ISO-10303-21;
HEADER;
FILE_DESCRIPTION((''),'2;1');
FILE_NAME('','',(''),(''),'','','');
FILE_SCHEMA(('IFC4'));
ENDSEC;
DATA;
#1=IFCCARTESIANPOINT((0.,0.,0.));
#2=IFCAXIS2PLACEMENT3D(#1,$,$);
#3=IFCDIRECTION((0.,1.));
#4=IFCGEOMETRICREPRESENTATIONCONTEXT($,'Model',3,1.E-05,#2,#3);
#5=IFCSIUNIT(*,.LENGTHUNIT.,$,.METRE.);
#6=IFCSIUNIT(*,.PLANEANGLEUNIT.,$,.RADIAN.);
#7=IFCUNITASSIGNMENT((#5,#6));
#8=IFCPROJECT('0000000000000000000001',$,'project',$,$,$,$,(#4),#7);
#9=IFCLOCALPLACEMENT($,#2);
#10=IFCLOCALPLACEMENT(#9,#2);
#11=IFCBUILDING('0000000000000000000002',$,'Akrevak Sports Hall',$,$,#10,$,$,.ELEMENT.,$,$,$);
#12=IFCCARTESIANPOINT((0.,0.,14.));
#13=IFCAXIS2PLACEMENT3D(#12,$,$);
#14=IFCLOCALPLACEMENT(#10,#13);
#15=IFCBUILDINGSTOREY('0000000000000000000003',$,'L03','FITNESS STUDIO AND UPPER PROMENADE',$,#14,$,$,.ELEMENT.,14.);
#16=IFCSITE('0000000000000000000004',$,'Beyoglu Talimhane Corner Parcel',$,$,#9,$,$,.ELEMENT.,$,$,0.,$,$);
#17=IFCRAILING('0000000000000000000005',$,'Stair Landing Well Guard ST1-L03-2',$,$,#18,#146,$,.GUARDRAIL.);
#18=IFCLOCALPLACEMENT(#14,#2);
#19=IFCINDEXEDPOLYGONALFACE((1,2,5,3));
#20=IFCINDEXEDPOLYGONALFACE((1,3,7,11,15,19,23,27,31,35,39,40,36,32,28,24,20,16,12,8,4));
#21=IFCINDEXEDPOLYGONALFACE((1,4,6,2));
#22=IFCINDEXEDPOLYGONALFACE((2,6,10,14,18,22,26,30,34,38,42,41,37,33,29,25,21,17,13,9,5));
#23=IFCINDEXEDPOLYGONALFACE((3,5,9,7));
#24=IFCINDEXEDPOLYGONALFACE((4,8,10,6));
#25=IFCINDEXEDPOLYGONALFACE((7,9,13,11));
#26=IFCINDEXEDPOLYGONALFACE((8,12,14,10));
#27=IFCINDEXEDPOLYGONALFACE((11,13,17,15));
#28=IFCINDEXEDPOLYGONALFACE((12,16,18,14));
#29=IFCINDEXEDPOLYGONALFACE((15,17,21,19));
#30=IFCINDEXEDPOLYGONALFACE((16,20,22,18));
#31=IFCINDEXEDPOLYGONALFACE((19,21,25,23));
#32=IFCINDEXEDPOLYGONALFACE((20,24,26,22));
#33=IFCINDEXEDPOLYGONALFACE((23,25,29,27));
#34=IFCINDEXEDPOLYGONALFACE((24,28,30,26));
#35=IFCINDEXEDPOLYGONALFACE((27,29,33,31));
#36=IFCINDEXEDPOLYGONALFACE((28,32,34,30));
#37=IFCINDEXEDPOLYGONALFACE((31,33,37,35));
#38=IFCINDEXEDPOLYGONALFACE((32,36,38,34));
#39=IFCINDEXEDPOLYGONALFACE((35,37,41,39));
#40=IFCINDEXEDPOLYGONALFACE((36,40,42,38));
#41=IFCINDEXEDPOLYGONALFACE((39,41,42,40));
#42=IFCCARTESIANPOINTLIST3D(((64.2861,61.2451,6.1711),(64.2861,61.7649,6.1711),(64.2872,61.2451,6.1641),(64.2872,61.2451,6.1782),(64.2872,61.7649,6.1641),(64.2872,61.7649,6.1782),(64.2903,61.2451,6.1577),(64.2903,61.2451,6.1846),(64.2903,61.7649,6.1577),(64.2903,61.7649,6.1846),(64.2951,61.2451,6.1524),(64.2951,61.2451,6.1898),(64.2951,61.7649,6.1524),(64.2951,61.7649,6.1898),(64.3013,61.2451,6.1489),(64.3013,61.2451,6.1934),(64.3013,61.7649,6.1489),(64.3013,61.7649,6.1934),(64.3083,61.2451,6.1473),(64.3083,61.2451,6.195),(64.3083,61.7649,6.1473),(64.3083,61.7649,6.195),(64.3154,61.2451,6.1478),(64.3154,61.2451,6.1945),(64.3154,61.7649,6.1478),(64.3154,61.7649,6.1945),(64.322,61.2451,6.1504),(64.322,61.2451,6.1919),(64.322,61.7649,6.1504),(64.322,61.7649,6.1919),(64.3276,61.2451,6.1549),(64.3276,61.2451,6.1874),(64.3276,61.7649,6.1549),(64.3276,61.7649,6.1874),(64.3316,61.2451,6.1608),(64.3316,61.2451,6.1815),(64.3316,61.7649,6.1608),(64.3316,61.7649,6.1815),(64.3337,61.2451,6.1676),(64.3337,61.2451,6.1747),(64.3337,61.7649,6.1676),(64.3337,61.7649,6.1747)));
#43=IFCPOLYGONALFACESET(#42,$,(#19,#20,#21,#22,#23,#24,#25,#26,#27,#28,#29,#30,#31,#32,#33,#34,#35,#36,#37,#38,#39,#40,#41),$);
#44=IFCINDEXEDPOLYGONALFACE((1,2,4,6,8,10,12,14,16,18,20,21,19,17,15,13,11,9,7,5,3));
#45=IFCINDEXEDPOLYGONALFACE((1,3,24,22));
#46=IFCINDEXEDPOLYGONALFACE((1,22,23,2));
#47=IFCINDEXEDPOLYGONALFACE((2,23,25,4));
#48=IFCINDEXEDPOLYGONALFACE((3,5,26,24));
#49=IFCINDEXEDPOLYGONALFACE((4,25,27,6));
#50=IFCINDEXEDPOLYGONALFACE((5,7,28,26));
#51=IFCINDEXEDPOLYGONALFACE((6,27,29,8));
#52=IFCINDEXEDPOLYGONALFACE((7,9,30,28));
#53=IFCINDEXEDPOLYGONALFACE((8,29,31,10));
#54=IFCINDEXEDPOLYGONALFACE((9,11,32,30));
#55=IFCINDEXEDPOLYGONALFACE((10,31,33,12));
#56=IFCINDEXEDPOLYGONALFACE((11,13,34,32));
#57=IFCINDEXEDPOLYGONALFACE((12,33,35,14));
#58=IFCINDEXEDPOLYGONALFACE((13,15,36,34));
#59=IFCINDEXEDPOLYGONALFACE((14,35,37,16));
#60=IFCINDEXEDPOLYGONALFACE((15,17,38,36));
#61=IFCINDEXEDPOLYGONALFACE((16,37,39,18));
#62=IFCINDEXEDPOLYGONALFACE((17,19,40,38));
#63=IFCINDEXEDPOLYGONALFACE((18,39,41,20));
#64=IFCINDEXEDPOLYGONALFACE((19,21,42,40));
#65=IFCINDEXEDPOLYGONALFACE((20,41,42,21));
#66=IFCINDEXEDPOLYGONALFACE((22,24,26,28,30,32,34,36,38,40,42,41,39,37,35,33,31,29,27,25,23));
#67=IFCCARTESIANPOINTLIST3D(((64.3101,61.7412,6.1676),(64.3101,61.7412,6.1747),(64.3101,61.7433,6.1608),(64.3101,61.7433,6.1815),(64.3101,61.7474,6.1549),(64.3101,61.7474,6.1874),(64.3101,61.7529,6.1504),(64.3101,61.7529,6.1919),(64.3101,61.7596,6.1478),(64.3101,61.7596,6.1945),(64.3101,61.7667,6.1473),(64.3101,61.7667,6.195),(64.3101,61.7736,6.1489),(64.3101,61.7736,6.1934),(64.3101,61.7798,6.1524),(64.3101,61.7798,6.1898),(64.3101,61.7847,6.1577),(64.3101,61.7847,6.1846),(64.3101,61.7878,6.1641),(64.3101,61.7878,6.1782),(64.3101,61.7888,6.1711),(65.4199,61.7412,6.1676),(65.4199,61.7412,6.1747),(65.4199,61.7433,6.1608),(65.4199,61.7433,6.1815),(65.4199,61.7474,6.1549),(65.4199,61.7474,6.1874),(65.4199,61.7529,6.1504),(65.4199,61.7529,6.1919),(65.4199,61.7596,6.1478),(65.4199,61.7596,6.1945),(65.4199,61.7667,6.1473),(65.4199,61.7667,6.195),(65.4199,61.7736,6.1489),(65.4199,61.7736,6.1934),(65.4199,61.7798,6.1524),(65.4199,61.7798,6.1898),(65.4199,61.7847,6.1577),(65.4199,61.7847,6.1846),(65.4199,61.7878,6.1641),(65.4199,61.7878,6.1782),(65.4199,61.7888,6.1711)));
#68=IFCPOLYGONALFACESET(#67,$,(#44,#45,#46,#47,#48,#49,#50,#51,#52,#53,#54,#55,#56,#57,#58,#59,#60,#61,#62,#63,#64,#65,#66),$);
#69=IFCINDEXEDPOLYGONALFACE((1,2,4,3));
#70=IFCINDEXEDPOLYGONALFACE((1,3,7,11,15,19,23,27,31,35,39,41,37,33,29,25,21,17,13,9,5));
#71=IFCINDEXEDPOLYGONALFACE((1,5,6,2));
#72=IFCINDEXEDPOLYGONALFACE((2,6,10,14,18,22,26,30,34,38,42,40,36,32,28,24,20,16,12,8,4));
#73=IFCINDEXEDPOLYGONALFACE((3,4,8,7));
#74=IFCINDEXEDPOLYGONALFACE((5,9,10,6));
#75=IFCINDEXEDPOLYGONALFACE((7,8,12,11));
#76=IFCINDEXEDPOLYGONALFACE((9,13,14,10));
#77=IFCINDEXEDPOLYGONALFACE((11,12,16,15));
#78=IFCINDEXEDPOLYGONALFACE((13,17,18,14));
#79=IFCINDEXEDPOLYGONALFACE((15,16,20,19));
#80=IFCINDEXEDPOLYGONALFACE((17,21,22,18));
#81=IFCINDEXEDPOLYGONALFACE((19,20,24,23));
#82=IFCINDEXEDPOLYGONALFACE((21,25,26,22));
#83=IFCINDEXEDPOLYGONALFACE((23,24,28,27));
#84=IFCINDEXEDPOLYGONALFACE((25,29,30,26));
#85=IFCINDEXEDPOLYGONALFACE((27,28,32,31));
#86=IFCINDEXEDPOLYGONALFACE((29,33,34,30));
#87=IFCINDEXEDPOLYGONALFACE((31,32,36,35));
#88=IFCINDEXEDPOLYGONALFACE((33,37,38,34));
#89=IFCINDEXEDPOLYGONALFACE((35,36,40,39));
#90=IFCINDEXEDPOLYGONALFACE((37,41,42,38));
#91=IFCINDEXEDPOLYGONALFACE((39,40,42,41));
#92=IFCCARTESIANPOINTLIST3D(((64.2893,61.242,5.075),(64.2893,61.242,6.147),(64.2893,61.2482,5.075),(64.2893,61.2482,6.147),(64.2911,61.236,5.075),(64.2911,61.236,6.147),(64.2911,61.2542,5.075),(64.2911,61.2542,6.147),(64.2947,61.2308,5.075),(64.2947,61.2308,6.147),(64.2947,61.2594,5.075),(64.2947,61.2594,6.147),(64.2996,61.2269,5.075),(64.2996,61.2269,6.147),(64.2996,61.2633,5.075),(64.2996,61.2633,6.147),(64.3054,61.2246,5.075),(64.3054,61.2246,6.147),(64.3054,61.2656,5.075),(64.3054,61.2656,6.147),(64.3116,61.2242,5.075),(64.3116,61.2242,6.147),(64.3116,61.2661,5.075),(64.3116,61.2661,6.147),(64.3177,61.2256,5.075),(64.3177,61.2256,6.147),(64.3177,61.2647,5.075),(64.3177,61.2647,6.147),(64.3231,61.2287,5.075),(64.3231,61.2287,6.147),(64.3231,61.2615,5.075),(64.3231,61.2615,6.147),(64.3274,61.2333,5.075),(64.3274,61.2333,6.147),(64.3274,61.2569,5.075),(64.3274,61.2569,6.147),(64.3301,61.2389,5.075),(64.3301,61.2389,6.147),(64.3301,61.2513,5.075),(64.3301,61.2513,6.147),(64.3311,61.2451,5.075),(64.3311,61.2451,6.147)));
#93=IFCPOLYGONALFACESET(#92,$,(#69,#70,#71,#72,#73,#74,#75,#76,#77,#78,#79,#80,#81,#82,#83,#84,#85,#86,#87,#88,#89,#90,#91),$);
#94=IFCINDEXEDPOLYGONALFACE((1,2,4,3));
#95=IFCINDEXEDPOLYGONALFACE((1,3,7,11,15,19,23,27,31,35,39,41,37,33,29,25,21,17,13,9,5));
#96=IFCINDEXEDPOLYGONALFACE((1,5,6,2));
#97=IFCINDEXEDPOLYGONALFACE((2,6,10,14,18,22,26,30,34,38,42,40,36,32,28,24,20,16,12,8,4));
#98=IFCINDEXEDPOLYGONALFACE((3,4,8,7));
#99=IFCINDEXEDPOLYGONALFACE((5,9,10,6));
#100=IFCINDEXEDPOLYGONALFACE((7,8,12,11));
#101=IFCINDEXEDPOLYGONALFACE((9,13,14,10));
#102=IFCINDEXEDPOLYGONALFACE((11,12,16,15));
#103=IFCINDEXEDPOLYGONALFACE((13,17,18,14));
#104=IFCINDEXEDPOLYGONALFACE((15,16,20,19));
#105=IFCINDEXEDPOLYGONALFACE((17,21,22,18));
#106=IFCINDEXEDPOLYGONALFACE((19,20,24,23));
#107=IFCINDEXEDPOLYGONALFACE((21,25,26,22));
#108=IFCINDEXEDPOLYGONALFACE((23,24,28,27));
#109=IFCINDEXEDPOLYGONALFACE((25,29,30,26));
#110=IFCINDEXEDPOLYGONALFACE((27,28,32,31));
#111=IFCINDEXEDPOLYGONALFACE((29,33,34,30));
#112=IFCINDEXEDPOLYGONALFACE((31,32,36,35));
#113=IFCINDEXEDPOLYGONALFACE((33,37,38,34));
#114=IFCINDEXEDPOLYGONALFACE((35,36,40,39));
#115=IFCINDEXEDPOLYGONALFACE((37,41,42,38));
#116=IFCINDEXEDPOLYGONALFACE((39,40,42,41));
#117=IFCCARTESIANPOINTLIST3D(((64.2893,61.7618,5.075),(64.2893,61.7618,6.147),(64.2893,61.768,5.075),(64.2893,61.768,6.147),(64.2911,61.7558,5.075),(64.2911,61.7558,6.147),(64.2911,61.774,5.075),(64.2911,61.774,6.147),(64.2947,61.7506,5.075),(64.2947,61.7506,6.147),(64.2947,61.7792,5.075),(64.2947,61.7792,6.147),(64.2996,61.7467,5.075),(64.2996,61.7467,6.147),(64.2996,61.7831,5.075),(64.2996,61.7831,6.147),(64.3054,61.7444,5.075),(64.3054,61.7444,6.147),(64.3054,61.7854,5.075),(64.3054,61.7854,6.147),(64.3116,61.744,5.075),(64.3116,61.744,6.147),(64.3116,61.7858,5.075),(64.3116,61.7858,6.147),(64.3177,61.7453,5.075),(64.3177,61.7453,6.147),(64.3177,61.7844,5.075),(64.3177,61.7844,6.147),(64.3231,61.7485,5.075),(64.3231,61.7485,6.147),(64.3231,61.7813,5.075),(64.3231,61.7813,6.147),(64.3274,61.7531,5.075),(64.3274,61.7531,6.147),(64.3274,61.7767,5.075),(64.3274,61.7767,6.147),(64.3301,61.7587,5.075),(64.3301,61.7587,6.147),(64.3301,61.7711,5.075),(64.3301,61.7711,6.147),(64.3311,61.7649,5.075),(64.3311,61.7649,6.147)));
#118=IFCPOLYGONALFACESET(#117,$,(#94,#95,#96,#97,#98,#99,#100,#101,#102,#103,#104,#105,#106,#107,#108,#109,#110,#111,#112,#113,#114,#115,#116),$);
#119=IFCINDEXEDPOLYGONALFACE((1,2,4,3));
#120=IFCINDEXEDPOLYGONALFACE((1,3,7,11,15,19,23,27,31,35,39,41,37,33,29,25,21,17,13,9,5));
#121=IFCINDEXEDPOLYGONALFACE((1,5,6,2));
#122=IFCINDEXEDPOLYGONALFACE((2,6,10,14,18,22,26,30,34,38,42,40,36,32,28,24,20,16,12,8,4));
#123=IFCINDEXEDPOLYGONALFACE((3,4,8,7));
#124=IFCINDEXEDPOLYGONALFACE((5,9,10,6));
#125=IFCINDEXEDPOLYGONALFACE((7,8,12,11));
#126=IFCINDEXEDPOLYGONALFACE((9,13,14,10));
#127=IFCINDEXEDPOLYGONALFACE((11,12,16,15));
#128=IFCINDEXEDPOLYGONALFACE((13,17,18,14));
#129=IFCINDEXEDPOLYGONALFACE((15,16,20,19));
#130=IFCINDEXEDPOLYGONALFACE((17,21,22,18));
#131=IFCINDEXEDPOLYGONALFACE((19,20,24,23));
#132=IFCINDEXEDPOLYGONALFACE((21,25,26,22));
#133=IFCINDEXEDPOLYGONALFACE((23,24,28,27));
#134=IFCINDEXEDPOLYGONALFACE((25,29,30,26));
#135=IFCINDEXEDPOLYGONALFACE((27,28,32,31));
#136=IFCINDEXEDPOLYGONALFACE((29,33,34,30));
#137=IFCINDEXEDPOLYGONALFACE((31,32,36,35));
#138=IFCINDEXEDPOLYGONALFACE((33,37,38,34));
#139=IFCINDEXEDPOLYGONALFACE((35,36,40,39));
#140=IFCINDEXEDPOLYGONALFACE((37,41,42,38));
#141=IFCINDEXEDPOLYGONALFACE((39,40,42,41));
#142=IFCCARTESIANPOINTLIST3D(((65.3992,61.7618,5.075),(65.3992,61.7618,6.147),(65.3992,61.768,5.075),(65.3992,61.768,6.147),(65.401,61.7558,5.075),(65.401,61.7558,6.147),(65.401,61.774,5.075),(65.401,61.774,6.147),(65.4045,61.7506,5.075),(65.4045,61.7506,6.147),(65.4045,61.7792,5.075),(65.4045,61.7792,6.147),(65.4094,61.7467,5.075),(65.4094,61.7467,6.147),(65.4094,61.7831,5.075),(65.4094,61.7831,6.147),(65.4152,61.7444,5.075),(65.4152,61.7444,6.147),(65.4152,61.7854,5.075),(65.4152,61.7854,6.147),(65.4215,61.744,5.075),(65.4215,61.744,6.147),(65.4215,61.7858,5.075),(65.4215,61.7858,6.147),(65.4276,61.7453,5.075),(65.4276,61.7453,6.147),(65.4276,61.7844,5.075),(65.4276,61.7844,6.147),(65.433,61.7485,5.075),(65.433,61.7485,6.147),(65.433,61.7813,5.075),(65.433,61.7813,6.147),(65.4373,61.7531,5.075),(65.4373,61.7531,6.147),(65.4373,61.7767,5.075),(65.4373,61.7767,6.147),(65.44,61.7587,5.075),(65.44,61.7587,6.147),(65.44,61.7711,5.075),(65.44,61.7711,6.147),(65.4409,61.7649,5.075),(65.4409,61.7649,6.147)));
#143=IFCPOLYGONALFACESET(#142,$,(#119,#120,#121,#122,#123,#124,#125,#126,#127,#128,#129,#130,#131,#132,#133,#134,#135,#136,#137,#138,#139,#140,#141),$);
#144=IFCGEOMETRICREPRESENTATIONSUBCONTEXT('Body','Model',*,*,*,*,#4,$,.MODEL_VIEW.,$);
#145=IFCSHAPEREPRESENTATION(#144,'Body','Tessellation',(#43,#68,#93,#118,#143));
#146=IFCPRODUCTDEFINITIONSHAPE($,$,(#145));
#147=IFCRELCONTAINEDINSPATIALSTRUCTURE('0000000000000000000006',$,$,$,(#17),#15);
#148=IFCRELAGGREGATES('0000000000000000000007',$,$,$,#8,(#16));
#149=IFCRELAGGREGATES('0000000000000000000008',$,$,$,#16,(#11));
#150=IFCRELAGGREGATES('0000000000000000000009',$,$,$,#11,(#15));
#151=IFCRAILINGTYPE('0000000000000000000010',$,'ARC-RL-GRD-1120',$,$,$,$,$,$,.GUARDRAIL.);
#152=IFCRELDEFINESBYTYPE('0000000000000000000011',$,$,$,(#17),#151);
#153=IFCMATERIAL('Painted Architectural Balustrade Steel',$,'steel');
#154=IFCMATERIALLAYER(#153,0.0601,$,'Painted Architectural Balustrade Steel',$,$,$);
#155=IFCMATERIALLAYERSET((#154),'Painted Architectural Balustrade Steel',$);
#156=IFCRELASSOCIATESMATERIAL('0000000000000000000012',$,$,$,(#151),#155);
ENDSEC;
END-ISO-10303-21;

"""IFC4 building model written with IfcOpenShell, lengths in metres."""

from ifc_helpers import new_model, si_unit, direction, frame, origin, origin_2d, place, context, subcontext, project, spatial, circle, extrude, material, layer, layer_set, type_object, element, save


model = new_model("IFC4")

# Units and contexts
model_context = context("Model", 3, precision=1e-05, world=origin(), true_north=direction((0.0, 1.0)))
body_context = subcontext(model_context, "Body", "Model", "MODEL_VIEW")
ifc_project = project(units=[si_unit("LENGTHUNIT", "METRE"), si_unit("PLANEANGLEUNIT", "RADIAN")], contexts=[model_context])

# Site, building, storey
site_placement = place(None, origin())
site = spatial("IfcSite", under=ifc_project, at=site_placement, Name="Beyoglu Talimhane Corner Parcel", CompositionType="ELEMENT", RefElevation=0.0)
building_placement = place(site_placement, origin())
building = spatial("IfcBuilding", under=site, at=building_placement, Name="Akrevak Sports Hall", CompositionType="ELEMENT")
storey_placement = place(building_placement, frame((0.0, 0.0, 14.0)))
storey = spatial("IfcBuildingStorey", under=building, at=storey_placement, Name="L03", Description="FITNESS STUDIO AND UPPER PROMENADE", CompositionType="ELEMENT", Elevation=14.0)

# Railing
ifc_material_1 = material(Name="Painted Architectural Balustrade Steel", Category="steel")
ifc_layer_1 = layer(ifc_material_1, 0.0601, Name="Painted Architectural Balustrade Steel")
ifc_layer_set_1 = layer_set([ifc_layer_1], Name="Painted Architectural Balustrade Steel")
railing_type_1 = type_object("IfcRailingType", Name="ARC-RL-GRD-1120", PredefinedType="GUARDRAIL", material=ifc_layer_set_1)
railing_1_placement = place(storey_placement, frame((64.3101, 61.2451, 5.075)))
element("IfcRailing", 1, at=railing_1_placement, inside=storey, type_object=railing_type_1, Name="Stair Landing Well Guard ST1-L03-2", PredefinedType="GUARDRAIL", context=body_context, shape_type="SweptSolid", body=[
    extrude(circle(Radius=0.0239, at=origin_2d()), frame((0.0, 0.0, 1.0962), z_axis=(0.0, 1.0, 0.0), x_axis=(-1.0, 0.0, 0.0)), (0.0, 0.0, 1.0), 0.5198),
    extrude(circle(Radius=0.0239, at=origin_2d()), frame((0.0, 0.5198, 1.0962), z_axis=(1.0, 0.0, 0.0), x_axis=(0.0, 1.0, 0.0)), (0.0, 0.0, 1.0), 1.1099),
    extrude(circle(Radius=0.021, at=origin_2d()), origin(), (0.0, 0.0, 1.0), 1.072),
    extrude(circle(Radius=0.021, at=origin_2d()), frame((0.0, 0.5198, 0.0)), (0.0, 0.0, 1.0), 1.072),
    extrude(circle(Radius=0.021, at=origin_2d()), frame((1.1099, 0.5198, 0.0)), (0.0, 0.0, 1.0), 1.072),
])

save(model, "model.ifc")
